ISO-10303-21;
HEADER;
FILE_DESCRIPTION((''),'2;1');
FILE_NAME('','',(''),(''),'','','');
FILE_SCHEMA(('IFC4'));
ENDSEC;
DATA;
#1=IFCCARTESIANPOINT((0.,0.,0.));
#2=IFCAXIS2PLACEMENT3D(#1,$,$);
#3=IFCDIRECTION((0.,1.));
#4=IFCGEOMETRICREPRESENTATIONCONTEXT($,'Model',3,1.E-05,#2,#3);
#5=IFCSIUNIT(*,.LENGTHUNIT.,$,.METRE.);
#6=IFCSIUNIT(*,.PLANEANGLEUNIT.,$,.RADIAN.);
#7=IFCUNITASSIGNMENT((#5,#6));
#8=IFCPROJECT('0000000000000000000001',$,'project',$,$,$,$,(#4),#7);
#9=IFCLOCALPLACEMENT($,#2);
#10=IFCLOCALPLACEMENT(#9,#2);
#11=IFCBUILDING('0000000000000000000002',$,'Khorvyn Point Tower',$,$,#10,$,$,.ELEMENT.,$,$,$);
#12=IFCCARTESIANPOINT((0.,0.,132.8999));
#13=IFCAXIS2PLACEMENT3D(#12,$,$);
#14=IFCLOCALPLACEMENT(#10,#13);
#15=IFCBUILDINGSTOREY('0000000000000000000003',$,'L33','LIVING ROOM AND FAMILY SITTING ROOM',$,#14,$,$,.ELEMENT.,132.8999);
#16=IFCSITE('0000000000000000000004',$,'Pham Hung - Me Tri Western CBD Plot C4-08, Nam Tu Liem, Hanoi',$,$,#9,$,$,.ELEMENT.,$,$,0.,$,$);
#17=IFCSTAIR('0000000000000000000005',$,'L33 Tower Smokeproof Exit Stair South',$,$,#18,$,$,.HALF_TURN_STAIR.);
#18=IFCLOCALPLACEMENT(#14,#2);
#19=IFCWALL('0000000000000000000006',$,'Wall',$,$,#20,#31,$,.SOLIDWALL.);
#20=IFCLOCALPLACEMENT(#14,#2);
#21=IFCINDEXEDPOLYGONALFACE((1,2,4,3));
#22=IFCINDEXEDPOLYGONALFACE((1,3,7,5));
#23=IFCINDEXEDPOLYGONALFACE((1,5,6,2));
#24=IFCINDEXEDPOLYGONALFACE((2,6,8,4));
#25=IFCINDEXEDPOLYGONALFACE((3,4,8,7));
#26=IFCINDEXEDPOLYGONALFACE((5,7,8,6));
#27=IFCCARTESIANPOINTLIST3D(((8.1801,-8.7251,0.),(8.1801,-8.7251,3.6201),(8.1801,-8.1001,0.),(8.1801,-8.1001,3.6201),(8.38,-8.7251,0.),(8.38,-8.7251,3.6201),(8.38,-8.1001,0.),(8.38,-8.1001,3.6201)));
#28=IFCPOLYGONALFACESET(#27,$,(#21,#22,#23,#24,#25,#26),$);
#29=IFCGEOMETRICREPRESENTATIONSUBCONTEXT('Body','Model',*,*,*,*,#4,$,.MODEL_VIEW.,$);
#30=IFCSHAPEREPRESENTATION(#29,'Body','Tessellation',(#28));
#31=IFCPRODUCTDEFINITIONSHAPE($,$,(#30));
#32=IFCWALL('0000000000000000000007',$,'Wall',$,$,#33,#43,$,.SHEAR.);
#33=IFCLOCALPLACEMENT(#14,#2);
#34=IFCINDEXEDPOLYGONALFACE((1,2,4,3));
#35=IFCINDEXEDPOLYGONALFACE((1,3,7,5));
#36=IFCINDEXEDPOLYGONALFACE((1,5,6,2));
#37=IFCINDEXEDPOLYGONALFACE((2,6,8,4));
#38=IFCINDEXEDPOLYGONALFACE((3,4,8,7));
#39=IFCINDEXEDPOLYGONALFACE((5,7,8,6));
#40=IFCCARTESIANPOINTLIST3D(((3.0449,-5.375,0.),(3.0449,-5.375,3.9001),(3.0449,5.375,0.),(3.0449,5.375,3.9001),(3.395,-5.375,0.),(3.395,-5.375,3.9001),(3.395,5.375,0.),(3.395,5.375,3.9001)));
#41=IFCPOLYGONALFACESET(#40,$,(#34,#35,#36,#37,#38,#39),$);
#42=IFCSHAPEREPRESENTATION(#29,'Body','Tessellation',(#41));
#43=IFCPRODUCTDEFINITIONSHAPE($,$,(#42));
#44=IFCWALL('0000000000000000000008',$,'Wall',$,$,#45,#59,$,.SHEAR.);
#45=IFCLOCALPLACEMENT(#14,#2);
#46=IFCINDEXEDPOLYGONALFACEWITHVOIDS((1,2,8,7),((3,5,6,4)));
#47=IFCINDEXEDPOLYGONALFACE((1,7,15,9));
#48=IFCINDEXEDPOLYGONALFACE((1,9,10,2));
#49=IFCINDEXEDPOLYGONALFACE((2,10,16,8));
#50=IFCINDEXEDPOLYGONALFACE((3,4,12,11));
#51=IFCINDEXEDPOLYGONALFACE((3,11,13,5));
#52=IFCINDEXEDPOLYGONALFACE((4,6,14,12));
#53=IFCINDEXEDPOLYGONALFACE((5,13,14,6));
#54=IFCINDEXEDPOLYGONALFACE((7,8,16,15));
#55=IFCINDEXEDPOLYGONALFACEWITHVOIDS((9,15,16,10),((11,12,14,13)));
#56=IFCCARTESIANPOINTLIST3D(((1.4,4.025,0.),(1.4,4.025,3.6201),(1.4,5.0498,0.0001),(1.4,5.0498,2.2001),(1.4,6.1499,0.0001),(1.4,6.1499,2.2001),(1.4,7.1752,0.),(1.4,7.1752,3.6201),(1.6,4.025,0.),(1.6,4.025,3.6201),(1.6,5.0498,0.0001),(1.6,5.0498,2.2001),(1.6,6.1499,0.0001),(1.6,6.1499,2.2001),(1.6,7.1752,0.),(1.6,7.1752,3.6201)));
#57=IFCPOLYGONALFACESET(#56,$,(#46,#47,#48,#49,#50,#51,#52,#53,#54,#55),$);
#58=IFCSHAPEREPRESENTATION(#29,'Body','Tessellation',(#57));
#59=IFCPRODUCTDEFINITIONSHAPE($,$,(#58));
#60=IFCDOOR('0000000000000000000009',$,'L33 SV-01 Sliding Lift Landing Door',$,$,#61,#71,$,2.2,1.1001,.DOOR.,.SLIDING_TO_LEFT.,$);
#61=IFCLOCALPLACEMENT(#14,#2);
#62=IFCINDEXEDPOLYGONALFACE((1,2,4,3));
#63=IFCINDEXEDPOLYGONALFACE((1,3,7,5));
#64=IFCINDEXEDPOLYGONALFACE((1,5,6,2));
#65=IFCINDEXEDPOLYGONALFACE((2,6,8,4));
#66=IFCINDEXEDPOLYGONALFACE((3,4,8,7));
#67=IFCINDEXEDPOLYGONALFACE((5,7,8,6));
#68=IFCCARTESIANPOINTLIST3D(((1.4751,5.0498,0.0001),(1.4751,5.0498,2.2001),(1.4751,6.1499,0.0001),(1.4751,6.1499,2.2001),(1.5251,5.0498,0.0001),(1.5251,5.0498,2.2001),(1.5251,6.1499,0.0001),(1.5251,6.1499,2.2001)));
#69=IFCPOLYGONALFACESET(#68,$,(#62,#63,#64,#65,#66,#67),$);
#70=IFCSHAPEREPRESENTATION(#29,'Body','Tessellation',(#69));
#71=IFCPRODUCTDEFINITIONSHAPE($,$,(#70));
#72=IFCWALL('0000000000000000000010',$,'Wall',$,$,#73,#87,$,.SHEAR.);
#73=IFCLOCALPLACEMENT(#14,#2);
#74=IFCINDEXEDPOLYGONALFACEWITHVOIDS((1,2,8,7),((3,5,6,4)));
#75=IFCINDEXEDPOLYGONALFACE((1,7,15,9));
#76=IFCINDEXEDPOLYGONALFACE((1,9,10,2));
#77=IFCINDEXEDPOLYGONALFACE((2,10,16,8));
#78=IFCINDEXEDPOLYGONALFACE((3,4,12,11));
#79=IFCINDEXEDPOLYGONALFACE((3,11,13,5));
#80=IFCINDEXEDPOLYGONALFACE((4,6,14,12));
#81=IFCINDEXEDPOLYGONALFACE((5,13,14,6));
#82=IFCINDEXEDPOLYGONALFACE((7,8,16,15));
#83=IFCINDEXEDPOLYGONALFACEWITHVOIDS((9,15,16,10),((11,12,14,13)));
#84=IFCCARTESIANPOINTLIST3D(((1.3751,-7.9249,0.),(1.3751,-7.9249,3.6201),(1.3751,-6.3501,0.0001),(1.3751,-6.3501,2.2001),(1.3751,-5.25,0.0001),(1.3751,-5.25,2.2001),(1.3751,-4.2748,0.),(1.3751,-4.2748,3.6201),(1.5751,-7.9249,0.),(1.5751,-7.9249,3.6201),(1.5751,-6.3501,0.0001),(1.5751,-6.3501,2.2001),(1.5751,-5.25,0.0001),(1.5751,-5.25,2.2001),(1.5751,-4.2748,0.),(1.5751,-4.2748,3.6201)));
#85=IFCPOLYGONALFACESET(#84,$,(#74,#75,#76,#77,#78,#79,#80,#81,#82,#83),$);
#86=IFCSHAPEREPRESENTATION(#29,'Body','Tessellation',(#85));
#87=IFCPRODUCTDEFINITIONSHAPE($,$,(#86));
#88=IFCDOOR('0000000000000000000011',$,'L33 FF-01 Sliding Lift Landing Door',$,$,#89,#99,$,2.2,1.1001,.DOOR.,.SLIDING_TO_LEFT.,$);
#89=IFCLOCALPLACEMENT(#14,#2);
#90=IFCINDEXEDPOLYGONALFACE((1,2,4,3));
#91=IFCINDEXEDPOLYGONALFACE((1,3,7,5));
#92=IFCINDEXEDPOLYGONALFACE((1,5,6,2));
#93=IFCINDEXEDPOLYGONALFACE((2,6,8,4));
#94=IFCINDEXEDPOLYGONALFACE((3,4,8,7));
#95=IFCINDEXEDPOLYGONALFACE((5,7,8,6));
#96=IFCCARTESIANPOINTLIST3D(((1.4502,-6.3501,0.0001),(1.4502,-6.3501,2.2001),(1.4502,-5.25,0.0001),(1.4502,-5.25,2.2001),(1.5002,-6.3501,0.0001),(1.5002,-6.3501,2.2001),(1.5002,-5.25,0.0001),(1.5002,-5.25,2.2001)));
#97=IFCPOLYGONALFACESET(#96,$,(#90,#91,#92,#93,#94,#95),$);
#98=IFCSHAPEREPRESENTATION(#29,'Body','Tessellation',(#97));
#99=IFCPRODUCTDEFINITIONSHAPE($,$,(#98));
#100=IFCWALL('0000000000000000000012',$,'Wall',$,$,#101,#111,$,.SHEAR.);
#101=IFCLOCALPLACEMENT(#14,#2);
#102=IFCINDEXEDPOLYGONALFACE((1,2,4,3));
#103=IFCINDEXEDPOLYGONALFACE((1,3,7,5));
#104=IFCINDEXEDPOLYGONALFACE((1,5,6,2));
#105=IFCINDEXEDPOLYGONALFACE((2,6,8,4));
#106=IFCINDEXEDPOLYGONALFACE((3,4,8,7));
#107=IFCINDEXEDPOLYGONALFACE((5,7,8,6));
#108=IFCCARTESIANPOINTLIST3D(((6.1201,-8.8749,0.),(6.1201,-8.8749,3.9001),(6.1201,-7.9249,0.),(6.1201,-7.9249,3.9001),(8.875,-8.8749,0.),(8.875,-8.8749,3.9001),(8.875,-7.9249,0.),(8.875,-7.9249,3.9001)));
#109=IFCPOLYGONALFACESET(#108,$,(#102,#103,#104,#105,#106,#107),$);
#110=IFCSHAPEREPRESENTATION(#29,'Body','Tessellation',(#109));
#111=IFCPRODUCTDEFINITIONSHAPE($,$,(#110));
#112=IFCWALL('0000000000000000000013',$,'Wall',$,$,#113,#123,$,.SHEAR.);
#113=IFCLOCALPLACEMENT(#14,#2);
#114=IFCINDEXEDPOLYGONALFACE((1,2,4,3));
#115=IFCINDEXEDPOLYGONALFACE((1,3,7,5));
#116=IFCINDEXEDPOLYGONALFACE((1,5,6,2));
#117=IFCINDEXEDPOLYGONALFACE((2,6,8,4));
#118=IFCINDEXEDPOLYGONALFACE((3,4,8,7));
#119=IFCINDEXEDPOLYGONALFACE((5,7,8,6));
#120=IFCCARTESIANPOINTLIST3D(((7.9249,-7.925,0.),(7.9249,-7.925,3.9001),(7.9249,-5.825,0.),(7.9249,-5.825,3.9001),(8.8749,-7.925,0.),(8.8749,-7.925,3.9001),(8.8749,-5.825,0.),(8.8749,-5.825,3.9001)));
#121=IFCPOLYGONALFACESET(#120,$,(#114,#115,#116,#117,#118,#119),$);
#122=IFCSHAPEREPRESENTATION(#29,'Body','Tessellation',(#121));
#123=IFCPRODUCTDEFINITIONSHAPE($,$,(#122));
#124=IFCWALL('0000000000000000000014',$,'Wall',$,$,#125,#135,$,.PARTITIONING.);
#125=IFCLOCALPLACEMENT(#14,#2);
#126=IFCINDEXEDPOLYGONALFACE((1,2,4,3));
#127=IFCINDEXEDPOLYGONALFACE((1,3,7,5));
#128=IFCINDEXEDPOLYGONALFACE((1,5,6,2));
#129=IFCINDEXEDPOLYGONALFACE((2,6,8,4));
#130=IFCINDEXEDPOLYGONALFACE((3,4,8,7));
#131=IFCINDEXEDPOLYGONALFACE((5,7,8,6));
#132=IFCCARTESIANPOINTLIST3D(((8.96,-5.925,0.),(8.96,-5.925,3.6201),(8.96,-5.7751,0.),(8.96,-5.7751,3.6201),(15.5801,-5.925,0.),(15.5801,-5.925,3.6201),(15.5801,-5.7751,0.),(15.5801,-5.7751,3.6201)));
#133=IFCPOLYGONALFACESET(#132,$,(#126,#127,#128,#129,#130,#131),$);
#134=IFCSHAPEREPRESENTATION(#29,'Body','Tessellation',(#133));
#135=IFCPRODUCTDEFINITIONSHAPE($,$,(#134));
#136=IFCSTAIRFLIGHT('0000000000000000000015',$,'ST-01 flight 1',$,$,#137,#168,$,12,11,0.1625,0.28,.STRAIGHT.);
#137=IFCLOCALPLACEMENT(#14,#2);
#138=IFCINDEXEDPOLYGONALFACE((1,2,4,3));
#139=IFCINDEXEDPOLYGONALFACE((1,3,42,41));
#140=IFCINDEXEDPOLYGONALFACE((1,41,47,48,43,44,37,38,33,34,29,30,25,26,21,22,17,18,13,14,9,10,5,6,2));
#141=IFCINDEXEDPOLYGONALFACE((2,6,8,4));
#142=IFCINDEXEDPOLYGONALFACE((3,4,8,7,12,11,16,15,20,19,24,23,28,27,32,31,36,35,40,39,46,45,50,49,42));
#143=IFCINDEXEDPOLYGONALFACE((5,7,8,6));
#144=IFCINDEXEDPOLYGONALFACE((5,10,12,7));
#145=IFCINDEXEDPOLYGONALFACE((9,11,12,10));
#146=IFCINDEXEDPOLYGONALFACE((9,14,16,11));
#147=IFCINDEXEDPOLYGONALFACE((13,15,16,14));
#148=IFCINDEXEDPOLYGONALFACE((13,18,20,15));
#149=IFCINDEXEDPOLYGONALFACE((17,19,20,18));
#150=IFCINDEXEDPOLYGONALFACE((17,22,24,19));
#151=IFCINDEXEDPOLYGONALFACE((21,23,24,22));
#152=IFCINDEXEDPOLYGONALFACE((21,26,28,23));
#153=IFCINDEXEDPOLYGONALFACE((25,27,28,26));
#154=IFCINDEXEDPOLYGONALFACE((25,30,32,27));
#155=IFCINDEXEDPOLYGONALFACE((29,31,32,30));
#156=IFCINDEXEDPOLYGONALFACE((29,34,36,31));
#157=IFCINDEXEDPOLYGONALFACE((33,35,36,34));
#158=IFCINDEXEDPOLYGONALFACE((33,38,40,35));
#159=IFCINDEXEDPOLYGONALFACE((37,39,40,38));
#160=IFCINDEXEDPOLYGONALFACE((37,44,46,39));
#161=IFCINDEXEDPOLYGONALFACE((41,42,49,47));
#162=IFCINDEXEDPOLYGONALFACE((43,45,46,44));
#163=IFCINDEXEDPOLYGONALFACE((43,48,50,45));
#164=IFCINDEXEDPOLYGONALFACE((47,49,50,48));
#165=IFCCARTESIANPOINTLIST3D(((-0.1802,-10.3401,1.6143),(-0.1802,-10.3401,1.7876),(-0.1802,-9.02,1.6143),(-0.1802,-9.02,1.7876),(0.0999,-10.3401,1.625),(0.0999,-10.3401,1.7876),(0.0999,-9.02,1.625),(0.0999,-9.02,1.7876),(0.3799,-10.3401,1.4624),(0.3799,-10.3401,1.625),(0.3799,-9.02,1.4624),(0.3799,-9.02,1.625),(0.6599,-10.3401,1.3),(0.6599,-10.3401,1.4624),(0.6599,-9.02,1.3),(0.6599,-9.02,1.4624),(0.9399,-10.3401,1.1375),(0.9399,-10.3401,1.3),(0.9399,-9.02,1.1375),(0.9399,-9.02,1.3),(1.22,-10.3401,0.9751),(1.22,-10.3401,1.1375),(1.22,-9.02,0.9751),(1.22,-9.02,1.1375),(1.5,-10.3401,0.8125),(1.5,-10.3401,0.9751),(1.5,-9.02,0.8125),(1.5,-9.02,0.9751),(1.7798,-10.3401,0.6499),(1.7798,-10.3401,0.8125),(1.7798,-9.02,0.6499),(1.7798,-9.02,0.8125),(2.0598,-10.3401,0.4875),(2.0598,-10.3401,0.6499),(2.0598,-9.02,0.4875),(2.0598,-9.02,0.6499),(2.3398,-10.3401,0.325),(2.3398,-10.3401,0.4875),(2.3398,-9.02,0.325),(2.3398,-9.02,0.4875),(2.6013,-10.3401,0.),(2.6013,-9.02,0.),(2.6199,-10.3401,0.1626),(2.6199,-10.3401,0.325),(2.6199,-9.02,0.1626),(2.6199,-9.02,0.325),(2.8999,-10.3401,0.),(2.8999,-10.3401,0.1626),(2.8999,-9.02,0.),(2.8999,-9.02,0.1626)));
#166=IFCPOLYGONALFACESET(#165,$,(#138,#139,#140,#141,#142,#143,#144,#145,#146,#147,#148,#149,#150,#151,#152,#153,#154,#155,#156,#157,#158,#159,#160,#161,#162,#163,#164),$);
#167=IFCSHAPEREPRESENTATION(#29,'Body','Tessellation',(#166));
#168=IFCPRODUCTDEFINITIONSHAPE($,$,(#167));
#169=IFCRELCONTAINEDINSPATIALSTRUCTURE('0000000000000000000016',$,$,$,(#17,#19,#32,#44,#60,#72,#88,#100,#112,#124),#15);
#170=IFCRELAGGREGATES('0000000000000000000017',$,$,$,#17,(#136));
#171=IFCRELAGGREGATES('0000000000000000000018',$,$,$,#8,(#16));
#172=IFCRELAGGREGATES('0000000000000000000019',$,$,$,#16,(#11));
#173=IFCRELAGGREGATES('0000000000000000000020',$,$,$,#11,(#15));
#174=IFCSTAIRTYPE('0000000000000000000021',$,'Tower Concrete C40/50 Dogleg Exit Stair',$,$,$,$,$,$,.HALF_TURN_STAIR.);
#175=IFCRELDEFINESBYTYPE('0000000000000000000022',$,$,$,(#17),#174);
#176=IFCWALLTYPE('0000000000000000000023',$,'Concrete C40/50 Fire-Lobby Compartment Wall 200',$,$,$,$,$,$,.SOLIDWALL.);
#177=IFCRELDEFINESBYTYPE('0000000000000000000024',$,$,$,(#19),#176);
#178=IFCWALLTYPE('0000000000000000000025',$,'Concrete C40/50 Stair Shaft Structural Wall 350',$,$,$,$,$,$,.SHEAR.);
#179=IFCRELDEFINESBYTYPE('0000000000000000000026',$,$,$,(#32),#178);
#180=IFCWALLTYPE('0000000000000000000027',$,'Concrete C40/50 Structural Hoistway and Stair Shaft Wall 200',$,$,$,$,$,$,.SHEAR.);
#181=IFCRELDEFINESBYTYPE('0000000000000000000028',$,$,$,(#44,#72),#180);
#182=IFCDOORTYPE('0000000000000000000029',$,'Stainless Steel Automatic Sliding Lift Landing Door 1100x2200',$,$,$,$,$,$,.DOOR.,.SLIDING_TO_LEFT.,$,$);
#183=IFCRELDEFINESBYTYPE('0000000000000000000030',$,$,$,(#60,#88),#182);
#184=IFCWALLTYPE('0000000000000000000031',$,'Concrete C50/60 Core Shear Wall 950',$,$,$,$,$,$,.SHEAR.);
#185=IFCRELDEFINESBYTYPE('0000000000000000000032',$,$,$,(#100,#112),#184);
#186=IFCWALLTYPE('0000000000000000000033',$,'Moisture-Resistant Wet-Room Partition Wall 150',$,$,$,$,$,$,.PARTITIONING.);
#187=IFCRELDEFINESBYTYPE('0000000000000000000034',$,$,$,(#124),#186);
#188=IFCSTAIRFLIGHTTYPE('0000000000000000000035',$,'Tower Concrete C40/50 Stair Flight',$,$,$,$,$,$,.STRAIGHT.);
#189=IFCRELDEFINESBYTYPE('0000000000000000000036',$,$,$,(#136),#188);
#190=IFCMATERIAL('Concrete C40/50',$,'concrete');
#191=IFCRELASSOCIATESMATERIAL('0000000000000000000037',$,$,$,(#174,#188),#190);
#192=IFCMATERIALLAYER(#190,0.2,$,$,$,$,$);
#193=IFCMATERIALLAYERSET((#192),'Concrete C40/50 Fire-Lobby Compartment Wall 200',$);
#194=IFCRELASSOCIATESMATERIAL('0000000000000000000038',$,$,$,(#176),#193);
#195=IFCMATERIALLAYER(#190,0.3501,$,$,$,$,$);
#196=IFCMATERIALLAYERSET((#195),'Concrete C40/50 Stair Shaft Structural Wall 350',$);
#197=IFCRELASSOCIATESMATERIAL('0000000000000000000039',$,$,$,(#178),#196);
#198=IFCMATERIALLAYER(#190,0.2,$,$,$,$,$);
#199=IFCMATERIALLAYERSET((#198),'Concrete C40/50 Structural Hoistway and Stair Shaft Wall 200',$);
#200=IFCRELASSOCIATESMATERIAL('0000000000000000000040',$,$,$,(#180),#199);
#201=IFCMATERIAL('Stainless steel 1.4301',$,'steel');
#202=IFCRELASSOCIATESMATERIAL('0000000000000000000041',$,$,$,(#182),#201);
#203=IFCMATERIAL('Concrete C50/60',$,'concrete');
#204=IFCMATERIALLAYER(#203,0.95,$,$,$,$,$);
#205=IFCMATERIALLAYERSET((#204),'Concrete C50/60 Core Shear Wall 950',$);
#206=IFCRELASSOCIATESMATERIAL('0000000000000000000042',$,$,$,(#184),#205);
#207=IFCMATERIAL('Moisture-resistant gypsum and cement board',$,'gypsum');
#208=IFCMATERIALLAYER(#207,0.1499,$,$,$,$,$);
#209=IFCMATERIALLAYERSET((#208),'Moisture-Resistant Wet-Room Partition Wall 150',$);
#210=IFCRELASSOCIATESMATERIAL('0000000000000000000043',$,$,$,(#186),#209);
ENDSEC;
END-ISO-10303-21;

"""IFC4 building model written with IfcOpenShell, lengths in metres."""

from ifc_helpers import new_model, si_unit, direction, frame, frame_2d, origin, place, context, subcontext, project, spatial, polyline, rectangle, outline, extrude, material, layer, layer_set, type_object, element, fill, aggregate, save


model = new_model("IFC4")

# Units and contexts
model_context = context("Model", 3, precision=1e-05, world=origin(), true_north=direction((0.0, 1.0)))
body_context = subcontext(model_context, "Body", "Model", "MODEL_VIEW")
ifc_project = project(units=[si_unit("LENGTHUNIT", "METRE"), si_unit("PLANEANGLEUNIT", "RADIAN")], contexts=[model_context])

# Site, building, storey
site_placement = place(None, origin())
site = spatial("IfcSite", under=ifc_project, at=site_placement, Name="Pham Hung - Me Tri Western CBD Plot C4-08, Nam Tu Liem, Hanoi", CompositionType="ELEMENT", RefElevation=0.0)
building_placement = place(site_placement, origin())
building = spatial("IfcBuilding", under=site, at=building_placement, Name="Khorvyn Point Tower", CompositionType="ELEMENT")
storey_placement = place(building_placement, frame((0.0, 0.0, 132.8999)))
storey = spatial("IfcBuildingStorey", under=building, at=storey_placement, Name="L33", Description="LIVING ROOM AND FAMILY SITTING ROOM", CompositionType="ELEMENT", Elevation=132.8999)

# Shared definitions
ifc_material_1 = material(Name="Concrete C40/50", Category="concrete")

# Shared definitions
ifc_material_2 = material(Name="Concrete C50/60", Category="concrete")

# Stair
stair_type = type_object("IfcStairType", Name="Tower Concrete C40/50 Dogleg Exit Stair", PredefinedType="HALF_TURN_STAIR", material=ifc_material_1)
stair_1_placement = place(storey_placement, origin())
stair_1 = element("IfcStair", 1, at=stair_1_placement, inside=storey, type_object=stair_type, Name="L33 Tower Smokeproof Exit Stair South", PredefinedType="HALF_TURN_STAIR")

# Shared definitions
ifc_layer_1 = layer(ifc_material_1, 0.2)
ifc_layer_set_1 = layer_set([ifc_layer_1], Name="Concrete C40/50 Fire-Lobby Compartment Wall 200")
wall_type_1 = type_object("IfcWallType", Name="Concrete C40/50 Fire-Lobby Compartment Wall 200", PredefinedType="SOLIDWALL", material=ifc_layer_set_1)

# Walls
wall_1_placement = place(storey_placement, frame((8.28, -8.7251, 0.0), z_axis=(0.0, 0.0, 1.0), x_axis=(0.0, 1.0, 0.0)))
element("IfcWall", 2, at=wall_1_placement, inside=storey, type_object=wall_type_1, Name="Wall", PredefinedType="SOLIDWALL", context=body_context, shape_type="SweptSolid", body=[
    extrude(rectangle(XDim=0.625, YDim=0.2, at=frame_2d((0.3125, 0.0))), origin(), (0.0, 0.0, 1.0), 3.6201),
])
ifc_layer_2 = layer(ifc_material_1, 0.3501)
ifc_layer_set_2 = layer_set([ifc_layer_2], Name="Concrete C40/50 Stair Shaft Structural Wall 350")
wall_type_2 = type_object("IfcWallType", Name="Concrete C40/50 Stair Shaft Structural Wall 350", PredefinedType="SHEAR", material=ifc_layer_set_2)
wall_2_placement = place(storey_placement, frame((3.22, -5.375, 0.0), z_axis=(0.0, 0.0, 1.0), x_axis=(0.0, 1.0, 0.0)))
element("IfcWall", 3, at=wall_2_placement, inside=storey, type_object=wall_type_2, Name="Wall", PredefinedType="SHEAR", context=body_context, shape_type="SweptSolid", body=[
    extrude(rectangle(XDim=10.75, YDim=0.3501, at=frame_2d((5.375, 0.0))), origin(), (0.0, 0.0, 1.0), 3.9001),
])

# Walls, openings, doors
ifc_layer_3 = layer(ifc_material_1, 0.2)
ifc_layer_set_3 = layer_set([ifc_layer_3], Name="Concrete C40/50 Structural Hoistway and Stair Shaft Wall 200")
wall_type_3 = type_object("IfcWallType", Name="Concrete C40/50 Structural Hoistway and Stair Shaft Wall 200", PredefinedType="SHEAR", material=ifc_layer_set_3)
wall_3_placement = place(storey_placement, frame((1.5, 4.0249, 0.0), z_axis=(0.0, 0.0, 1.0), x_axis=(0.0, 1.0, 0.0)))
wall_3 = element("IfcWall", 4, at=wall_3_placement, inside=storey, type_object=wall_type_3, Name="Wall", PredefinedType="SHEAR", context=body_context, shape_type="SweptSolid", body=[
    extrude(rectangle(XDim=3.1501, YDim=0.2, at=frame_2d((1.5752, 0.0))), origin(), (0.0, 0.0, 1.0), 3.6201),
])
opening_1_placement = place(wall_3_placement, frame((1.0249, 0.0, 0.0)))
opening_1 = element("IfcOpeningElement", 5, at=opening_1_placement, cuts=wall_3, PredefinedType="OPENING", context=body_context, shape_type="SweptSolid", body=[
    extrude(rectangle(XDim=1.1001, YDim=2.2, at=frame_2d((0.55, 1.1001))), frame((0.0, 0.1099, 0.0), z_axis=(0.0, -1.0, 0.0), x_axis=(1.0, 0.0, 0.0)), (0.0, 0.0, 1.0), 0.22),
])
ifc_material_3 = material(Name="Stainless steel 1.4301", Category="steel")
door_type_1 = type_object("IfcDoorType", Name="Stainless Steel Automatic Sliding Lift Landing Door 1100x2200", OperationType="SLIDING_TO_LEFT", PredefinedType="DOOR", material=ifc_material_3)
door_1_placement = place(opening_1_placement, origin())
door_1 = element("IfcDoor", 6, at=door_1_placement, inside=storey, type_object=door_type_1, Name="L33 SV-01 Sliding Lift Landing Door", OperationType="SLIDING_TO_LEFT", OverallHeight=2.2, OverallWidth=1.1001, PredefinedType="DOOR", context=body_context, shape_type="SweptSolid", body=[
    extrude(rectangle(XDim=1.1001, YDim=2.2, at=frame_2d((0.55, 1.1001))), frame((0.0, 0.0249, 0.0), z_axis=(0.0, -1.0, 0.0), x_axis=(1.0, 0.0, 0.0)), (0.0, 0.0, 1.0), 0.05),
])
fill(opening_1, door_1)
wall_4_placement = place(storey_placement, frame((1.4751, -7.925, 0.0), z_axis=(0.0, 0.0, 1.0), x_axis=(0.0, 1.0, 0.0)))
wall_4 = element("IfcWall", 7, at=wall_4_placement, inside=storey, type_object=wall_type_3, Name="Wall", PredefinedType="SHEAR", context=body_context, shape_type="SweptSolid", body=[
    extrude(rectangle(XDim=3.6501, YDim=0.2, at=frame_2d((1.8252, 0.0))), origin(), (0.0, 0.0, 1.0), 3.6201),
])
opening_2_placement = place(wall_4_placement, frame((1.575, 0.0, 0.0)))
opening_2 = element("IfcOpeningElement", 8, at=opening_2_placement, cuts=wall_4, PredefinedType="OPENING", context=body_context, shape_type="SweptSolid", body=[
    extrude(rectangle(XDim=1.1001, YDim=2.2, at=frame_2d((0.55, 1.1001))), frame((0.0, 0.1099, 0.0), z_axis=(0.0, -1.0, 0.0), x_axis=(1.0, 0.0, 0.0)), (0.0, 0.0, 1.0), 0.22),
])
door_2_placement = place(opening_2_placement, origin())
door_2 = element("IfcDoor", 9, at=door_2_placement, inside=storey, type_object=door_type_1, Name="L33 FF-01 Sliding Lift Landing Door", OperationType="SLIDING_TO_LEFT", OverallHeight=2.2, OverallWidth=1.1001, PredefinedType="DOOR", context=body_context, shape_type="SweptSolid", body=[
    extrude(rectangle(XDim=1.1001, YDim=2.2, at=frame_2d((0.55, 1.1001))), frame((0.0, 0.0249, 0.0), z_axis=(0.0, -1.0, 0.0), x_axis=(1.0, 0.0, 0.0)), (0.0, 0.0, 1.0), 0.05),
])
fill(opening_2, door_2)

# Walls
ifc_layer_4 = layer(ifc_material_2, 0.95)
ifc_layer_set_4 = layer_set([ifc_layer_4], Name="Concrete C50/60 Core Shear Wall 950")
wall_type_4 = type_object("IfcWallType", Name="Concrete C50/60 Core Shear Wall 950", PredefinedType="SHEAR", material=ifc_layer_set_4)
wall_5_placement = place(storey_placement, frame((6.1201, -8.3999, 0.0), z_axis=(0.0, 0.0, 1.0), x_axis=(1.0, 0.0, 0.0)))
element("IfcWall", 10, at=wall_5_placement, inside=storey, type_object=wall_type_4, Name="Wall", PredefinedType="SHEAR", context=body_context, shape_type="SweptSolid", body=[
    extrude(rectangle(XDim=2.7549, YDim=0.95, at=frame_2d((1.3774, 0.0))), origin(), (0.0, 0.0, 1.0), 3.9001),
])
wall_6_placement = place(storey_placement, frame((8.3999, -7.925, 0.0), z_axis=(0.0, 0.0, 1.0), x_axis=(0.0, 1.0, 0.0)))
element("IfcWall", 11, at=wall_6_placement, inside=storey, type_object=wall_type_4, Name="Wall", PredefinedType="SHEAR", context=body_context, shape_type="SweptSolid", body=[
    extrude(rectangle(XDim=2.1001, YDim=0.95, at=frame_2d((1.05, 0.0))), origin(), (0.0, 0.0, 1.0), 3.9001),
])
ifc_material_4 = material(Name="Moisture-resistant gypsum and cement board", Category="gypsum")
ifc_layer_5 = layer(ifc_material_4, 0.1499)
ifc_layer_set_5 = layer_set([ifc_layer_5], Name="Moisture-Resistant Wet-Room Partition Wall 150")
wall_type_5 = type_object("IfcWallType", Name="Moisture-Resistant Wet-Room Partition Wall 150", PredefinedType="PARTITIONING", material=ifc_layer_set_5)
wall_7_placement = place(storey_placement, frame((8.96, -5.8501, 0.0), z_axis=(0.0, 0.0, 1.0), x_axis=(1.0, 0.0, 0.0)))
element("IfcWall", 12, at=wall_7_placement, inside=storey, type_object=wall_type_5, Name="Wall", PredefinedType="PARTITIONING", context=body_context, shape_type="SweptSolid", body=[
    extrude(rectangle(XDim=6.6201, YDim=0.1499, at=frame_2d((3.3101, 0.0))), origin(), (0.0, 0.0, 1.0), 3.6201),
])

# Stair flight
stair_flight_type = type_object("IfcStairFlightType", Name="Tower Concrete C40/50 Stair Flight", PredefinedType="STRAIGHT", material=ifc_material_1)
stair_flight_placement = place(storey_placement, frame((2.8999, -9.6799, 0.0), z_axis=(0.0, 0.0, 1.0), x_axis=(-1.0, 0.0, 0.0)))
stair_flight = element("IfcStairFlight", 13, at=stair_flight_placement, type_object=stair_flight_type, Name="ST-01 flight 1", NumberOfRisers=12, NumberOfTreads=11, PredefinedType="STRAIGHT", RiserHeight=0.1625, TreadLength=0.28, context=body_context, shape_type="SweptSolid", body=[
    extrude(outline(polyline([(0.0, 0.0), (0.0, 0.1626), (0.28, 0.1626), (0.28, 0.325), (0.5601, 0.325), (0.5601, 0.4875), (0.8401, 0.4875), (0.8401, 0.6499), (1.1201, 0.6499), (1.1201, 0.8125), (1.3999, 0.8125), (1.3999, 0.9751), (1.6799, 0.9751), (1.6799, 1.1375), (1.96, 1.1375), (1.96, 1.3), (2.24, 1.3), (2.24, 1.4624), (2.52, 1.4624), (2.52, 1.625), (2.8, 1.625), (2.8, 1.7876), (3.0801, 1.7876), (3.0801, 1.95), (3.0801, 1.6143), (0.2986, 0.0), (0.0, 0.0)])), frame((0.0, 0.6602, 0.0), z_axis=(0.0, -1.0, 0.0), x_axis=(1.0, 0.0, 0.0)), (0.0, 0.0, 1.0), 1.3201),
])
aggregate(stair_1, [stair_flight])

save(model, "model.ifc")
